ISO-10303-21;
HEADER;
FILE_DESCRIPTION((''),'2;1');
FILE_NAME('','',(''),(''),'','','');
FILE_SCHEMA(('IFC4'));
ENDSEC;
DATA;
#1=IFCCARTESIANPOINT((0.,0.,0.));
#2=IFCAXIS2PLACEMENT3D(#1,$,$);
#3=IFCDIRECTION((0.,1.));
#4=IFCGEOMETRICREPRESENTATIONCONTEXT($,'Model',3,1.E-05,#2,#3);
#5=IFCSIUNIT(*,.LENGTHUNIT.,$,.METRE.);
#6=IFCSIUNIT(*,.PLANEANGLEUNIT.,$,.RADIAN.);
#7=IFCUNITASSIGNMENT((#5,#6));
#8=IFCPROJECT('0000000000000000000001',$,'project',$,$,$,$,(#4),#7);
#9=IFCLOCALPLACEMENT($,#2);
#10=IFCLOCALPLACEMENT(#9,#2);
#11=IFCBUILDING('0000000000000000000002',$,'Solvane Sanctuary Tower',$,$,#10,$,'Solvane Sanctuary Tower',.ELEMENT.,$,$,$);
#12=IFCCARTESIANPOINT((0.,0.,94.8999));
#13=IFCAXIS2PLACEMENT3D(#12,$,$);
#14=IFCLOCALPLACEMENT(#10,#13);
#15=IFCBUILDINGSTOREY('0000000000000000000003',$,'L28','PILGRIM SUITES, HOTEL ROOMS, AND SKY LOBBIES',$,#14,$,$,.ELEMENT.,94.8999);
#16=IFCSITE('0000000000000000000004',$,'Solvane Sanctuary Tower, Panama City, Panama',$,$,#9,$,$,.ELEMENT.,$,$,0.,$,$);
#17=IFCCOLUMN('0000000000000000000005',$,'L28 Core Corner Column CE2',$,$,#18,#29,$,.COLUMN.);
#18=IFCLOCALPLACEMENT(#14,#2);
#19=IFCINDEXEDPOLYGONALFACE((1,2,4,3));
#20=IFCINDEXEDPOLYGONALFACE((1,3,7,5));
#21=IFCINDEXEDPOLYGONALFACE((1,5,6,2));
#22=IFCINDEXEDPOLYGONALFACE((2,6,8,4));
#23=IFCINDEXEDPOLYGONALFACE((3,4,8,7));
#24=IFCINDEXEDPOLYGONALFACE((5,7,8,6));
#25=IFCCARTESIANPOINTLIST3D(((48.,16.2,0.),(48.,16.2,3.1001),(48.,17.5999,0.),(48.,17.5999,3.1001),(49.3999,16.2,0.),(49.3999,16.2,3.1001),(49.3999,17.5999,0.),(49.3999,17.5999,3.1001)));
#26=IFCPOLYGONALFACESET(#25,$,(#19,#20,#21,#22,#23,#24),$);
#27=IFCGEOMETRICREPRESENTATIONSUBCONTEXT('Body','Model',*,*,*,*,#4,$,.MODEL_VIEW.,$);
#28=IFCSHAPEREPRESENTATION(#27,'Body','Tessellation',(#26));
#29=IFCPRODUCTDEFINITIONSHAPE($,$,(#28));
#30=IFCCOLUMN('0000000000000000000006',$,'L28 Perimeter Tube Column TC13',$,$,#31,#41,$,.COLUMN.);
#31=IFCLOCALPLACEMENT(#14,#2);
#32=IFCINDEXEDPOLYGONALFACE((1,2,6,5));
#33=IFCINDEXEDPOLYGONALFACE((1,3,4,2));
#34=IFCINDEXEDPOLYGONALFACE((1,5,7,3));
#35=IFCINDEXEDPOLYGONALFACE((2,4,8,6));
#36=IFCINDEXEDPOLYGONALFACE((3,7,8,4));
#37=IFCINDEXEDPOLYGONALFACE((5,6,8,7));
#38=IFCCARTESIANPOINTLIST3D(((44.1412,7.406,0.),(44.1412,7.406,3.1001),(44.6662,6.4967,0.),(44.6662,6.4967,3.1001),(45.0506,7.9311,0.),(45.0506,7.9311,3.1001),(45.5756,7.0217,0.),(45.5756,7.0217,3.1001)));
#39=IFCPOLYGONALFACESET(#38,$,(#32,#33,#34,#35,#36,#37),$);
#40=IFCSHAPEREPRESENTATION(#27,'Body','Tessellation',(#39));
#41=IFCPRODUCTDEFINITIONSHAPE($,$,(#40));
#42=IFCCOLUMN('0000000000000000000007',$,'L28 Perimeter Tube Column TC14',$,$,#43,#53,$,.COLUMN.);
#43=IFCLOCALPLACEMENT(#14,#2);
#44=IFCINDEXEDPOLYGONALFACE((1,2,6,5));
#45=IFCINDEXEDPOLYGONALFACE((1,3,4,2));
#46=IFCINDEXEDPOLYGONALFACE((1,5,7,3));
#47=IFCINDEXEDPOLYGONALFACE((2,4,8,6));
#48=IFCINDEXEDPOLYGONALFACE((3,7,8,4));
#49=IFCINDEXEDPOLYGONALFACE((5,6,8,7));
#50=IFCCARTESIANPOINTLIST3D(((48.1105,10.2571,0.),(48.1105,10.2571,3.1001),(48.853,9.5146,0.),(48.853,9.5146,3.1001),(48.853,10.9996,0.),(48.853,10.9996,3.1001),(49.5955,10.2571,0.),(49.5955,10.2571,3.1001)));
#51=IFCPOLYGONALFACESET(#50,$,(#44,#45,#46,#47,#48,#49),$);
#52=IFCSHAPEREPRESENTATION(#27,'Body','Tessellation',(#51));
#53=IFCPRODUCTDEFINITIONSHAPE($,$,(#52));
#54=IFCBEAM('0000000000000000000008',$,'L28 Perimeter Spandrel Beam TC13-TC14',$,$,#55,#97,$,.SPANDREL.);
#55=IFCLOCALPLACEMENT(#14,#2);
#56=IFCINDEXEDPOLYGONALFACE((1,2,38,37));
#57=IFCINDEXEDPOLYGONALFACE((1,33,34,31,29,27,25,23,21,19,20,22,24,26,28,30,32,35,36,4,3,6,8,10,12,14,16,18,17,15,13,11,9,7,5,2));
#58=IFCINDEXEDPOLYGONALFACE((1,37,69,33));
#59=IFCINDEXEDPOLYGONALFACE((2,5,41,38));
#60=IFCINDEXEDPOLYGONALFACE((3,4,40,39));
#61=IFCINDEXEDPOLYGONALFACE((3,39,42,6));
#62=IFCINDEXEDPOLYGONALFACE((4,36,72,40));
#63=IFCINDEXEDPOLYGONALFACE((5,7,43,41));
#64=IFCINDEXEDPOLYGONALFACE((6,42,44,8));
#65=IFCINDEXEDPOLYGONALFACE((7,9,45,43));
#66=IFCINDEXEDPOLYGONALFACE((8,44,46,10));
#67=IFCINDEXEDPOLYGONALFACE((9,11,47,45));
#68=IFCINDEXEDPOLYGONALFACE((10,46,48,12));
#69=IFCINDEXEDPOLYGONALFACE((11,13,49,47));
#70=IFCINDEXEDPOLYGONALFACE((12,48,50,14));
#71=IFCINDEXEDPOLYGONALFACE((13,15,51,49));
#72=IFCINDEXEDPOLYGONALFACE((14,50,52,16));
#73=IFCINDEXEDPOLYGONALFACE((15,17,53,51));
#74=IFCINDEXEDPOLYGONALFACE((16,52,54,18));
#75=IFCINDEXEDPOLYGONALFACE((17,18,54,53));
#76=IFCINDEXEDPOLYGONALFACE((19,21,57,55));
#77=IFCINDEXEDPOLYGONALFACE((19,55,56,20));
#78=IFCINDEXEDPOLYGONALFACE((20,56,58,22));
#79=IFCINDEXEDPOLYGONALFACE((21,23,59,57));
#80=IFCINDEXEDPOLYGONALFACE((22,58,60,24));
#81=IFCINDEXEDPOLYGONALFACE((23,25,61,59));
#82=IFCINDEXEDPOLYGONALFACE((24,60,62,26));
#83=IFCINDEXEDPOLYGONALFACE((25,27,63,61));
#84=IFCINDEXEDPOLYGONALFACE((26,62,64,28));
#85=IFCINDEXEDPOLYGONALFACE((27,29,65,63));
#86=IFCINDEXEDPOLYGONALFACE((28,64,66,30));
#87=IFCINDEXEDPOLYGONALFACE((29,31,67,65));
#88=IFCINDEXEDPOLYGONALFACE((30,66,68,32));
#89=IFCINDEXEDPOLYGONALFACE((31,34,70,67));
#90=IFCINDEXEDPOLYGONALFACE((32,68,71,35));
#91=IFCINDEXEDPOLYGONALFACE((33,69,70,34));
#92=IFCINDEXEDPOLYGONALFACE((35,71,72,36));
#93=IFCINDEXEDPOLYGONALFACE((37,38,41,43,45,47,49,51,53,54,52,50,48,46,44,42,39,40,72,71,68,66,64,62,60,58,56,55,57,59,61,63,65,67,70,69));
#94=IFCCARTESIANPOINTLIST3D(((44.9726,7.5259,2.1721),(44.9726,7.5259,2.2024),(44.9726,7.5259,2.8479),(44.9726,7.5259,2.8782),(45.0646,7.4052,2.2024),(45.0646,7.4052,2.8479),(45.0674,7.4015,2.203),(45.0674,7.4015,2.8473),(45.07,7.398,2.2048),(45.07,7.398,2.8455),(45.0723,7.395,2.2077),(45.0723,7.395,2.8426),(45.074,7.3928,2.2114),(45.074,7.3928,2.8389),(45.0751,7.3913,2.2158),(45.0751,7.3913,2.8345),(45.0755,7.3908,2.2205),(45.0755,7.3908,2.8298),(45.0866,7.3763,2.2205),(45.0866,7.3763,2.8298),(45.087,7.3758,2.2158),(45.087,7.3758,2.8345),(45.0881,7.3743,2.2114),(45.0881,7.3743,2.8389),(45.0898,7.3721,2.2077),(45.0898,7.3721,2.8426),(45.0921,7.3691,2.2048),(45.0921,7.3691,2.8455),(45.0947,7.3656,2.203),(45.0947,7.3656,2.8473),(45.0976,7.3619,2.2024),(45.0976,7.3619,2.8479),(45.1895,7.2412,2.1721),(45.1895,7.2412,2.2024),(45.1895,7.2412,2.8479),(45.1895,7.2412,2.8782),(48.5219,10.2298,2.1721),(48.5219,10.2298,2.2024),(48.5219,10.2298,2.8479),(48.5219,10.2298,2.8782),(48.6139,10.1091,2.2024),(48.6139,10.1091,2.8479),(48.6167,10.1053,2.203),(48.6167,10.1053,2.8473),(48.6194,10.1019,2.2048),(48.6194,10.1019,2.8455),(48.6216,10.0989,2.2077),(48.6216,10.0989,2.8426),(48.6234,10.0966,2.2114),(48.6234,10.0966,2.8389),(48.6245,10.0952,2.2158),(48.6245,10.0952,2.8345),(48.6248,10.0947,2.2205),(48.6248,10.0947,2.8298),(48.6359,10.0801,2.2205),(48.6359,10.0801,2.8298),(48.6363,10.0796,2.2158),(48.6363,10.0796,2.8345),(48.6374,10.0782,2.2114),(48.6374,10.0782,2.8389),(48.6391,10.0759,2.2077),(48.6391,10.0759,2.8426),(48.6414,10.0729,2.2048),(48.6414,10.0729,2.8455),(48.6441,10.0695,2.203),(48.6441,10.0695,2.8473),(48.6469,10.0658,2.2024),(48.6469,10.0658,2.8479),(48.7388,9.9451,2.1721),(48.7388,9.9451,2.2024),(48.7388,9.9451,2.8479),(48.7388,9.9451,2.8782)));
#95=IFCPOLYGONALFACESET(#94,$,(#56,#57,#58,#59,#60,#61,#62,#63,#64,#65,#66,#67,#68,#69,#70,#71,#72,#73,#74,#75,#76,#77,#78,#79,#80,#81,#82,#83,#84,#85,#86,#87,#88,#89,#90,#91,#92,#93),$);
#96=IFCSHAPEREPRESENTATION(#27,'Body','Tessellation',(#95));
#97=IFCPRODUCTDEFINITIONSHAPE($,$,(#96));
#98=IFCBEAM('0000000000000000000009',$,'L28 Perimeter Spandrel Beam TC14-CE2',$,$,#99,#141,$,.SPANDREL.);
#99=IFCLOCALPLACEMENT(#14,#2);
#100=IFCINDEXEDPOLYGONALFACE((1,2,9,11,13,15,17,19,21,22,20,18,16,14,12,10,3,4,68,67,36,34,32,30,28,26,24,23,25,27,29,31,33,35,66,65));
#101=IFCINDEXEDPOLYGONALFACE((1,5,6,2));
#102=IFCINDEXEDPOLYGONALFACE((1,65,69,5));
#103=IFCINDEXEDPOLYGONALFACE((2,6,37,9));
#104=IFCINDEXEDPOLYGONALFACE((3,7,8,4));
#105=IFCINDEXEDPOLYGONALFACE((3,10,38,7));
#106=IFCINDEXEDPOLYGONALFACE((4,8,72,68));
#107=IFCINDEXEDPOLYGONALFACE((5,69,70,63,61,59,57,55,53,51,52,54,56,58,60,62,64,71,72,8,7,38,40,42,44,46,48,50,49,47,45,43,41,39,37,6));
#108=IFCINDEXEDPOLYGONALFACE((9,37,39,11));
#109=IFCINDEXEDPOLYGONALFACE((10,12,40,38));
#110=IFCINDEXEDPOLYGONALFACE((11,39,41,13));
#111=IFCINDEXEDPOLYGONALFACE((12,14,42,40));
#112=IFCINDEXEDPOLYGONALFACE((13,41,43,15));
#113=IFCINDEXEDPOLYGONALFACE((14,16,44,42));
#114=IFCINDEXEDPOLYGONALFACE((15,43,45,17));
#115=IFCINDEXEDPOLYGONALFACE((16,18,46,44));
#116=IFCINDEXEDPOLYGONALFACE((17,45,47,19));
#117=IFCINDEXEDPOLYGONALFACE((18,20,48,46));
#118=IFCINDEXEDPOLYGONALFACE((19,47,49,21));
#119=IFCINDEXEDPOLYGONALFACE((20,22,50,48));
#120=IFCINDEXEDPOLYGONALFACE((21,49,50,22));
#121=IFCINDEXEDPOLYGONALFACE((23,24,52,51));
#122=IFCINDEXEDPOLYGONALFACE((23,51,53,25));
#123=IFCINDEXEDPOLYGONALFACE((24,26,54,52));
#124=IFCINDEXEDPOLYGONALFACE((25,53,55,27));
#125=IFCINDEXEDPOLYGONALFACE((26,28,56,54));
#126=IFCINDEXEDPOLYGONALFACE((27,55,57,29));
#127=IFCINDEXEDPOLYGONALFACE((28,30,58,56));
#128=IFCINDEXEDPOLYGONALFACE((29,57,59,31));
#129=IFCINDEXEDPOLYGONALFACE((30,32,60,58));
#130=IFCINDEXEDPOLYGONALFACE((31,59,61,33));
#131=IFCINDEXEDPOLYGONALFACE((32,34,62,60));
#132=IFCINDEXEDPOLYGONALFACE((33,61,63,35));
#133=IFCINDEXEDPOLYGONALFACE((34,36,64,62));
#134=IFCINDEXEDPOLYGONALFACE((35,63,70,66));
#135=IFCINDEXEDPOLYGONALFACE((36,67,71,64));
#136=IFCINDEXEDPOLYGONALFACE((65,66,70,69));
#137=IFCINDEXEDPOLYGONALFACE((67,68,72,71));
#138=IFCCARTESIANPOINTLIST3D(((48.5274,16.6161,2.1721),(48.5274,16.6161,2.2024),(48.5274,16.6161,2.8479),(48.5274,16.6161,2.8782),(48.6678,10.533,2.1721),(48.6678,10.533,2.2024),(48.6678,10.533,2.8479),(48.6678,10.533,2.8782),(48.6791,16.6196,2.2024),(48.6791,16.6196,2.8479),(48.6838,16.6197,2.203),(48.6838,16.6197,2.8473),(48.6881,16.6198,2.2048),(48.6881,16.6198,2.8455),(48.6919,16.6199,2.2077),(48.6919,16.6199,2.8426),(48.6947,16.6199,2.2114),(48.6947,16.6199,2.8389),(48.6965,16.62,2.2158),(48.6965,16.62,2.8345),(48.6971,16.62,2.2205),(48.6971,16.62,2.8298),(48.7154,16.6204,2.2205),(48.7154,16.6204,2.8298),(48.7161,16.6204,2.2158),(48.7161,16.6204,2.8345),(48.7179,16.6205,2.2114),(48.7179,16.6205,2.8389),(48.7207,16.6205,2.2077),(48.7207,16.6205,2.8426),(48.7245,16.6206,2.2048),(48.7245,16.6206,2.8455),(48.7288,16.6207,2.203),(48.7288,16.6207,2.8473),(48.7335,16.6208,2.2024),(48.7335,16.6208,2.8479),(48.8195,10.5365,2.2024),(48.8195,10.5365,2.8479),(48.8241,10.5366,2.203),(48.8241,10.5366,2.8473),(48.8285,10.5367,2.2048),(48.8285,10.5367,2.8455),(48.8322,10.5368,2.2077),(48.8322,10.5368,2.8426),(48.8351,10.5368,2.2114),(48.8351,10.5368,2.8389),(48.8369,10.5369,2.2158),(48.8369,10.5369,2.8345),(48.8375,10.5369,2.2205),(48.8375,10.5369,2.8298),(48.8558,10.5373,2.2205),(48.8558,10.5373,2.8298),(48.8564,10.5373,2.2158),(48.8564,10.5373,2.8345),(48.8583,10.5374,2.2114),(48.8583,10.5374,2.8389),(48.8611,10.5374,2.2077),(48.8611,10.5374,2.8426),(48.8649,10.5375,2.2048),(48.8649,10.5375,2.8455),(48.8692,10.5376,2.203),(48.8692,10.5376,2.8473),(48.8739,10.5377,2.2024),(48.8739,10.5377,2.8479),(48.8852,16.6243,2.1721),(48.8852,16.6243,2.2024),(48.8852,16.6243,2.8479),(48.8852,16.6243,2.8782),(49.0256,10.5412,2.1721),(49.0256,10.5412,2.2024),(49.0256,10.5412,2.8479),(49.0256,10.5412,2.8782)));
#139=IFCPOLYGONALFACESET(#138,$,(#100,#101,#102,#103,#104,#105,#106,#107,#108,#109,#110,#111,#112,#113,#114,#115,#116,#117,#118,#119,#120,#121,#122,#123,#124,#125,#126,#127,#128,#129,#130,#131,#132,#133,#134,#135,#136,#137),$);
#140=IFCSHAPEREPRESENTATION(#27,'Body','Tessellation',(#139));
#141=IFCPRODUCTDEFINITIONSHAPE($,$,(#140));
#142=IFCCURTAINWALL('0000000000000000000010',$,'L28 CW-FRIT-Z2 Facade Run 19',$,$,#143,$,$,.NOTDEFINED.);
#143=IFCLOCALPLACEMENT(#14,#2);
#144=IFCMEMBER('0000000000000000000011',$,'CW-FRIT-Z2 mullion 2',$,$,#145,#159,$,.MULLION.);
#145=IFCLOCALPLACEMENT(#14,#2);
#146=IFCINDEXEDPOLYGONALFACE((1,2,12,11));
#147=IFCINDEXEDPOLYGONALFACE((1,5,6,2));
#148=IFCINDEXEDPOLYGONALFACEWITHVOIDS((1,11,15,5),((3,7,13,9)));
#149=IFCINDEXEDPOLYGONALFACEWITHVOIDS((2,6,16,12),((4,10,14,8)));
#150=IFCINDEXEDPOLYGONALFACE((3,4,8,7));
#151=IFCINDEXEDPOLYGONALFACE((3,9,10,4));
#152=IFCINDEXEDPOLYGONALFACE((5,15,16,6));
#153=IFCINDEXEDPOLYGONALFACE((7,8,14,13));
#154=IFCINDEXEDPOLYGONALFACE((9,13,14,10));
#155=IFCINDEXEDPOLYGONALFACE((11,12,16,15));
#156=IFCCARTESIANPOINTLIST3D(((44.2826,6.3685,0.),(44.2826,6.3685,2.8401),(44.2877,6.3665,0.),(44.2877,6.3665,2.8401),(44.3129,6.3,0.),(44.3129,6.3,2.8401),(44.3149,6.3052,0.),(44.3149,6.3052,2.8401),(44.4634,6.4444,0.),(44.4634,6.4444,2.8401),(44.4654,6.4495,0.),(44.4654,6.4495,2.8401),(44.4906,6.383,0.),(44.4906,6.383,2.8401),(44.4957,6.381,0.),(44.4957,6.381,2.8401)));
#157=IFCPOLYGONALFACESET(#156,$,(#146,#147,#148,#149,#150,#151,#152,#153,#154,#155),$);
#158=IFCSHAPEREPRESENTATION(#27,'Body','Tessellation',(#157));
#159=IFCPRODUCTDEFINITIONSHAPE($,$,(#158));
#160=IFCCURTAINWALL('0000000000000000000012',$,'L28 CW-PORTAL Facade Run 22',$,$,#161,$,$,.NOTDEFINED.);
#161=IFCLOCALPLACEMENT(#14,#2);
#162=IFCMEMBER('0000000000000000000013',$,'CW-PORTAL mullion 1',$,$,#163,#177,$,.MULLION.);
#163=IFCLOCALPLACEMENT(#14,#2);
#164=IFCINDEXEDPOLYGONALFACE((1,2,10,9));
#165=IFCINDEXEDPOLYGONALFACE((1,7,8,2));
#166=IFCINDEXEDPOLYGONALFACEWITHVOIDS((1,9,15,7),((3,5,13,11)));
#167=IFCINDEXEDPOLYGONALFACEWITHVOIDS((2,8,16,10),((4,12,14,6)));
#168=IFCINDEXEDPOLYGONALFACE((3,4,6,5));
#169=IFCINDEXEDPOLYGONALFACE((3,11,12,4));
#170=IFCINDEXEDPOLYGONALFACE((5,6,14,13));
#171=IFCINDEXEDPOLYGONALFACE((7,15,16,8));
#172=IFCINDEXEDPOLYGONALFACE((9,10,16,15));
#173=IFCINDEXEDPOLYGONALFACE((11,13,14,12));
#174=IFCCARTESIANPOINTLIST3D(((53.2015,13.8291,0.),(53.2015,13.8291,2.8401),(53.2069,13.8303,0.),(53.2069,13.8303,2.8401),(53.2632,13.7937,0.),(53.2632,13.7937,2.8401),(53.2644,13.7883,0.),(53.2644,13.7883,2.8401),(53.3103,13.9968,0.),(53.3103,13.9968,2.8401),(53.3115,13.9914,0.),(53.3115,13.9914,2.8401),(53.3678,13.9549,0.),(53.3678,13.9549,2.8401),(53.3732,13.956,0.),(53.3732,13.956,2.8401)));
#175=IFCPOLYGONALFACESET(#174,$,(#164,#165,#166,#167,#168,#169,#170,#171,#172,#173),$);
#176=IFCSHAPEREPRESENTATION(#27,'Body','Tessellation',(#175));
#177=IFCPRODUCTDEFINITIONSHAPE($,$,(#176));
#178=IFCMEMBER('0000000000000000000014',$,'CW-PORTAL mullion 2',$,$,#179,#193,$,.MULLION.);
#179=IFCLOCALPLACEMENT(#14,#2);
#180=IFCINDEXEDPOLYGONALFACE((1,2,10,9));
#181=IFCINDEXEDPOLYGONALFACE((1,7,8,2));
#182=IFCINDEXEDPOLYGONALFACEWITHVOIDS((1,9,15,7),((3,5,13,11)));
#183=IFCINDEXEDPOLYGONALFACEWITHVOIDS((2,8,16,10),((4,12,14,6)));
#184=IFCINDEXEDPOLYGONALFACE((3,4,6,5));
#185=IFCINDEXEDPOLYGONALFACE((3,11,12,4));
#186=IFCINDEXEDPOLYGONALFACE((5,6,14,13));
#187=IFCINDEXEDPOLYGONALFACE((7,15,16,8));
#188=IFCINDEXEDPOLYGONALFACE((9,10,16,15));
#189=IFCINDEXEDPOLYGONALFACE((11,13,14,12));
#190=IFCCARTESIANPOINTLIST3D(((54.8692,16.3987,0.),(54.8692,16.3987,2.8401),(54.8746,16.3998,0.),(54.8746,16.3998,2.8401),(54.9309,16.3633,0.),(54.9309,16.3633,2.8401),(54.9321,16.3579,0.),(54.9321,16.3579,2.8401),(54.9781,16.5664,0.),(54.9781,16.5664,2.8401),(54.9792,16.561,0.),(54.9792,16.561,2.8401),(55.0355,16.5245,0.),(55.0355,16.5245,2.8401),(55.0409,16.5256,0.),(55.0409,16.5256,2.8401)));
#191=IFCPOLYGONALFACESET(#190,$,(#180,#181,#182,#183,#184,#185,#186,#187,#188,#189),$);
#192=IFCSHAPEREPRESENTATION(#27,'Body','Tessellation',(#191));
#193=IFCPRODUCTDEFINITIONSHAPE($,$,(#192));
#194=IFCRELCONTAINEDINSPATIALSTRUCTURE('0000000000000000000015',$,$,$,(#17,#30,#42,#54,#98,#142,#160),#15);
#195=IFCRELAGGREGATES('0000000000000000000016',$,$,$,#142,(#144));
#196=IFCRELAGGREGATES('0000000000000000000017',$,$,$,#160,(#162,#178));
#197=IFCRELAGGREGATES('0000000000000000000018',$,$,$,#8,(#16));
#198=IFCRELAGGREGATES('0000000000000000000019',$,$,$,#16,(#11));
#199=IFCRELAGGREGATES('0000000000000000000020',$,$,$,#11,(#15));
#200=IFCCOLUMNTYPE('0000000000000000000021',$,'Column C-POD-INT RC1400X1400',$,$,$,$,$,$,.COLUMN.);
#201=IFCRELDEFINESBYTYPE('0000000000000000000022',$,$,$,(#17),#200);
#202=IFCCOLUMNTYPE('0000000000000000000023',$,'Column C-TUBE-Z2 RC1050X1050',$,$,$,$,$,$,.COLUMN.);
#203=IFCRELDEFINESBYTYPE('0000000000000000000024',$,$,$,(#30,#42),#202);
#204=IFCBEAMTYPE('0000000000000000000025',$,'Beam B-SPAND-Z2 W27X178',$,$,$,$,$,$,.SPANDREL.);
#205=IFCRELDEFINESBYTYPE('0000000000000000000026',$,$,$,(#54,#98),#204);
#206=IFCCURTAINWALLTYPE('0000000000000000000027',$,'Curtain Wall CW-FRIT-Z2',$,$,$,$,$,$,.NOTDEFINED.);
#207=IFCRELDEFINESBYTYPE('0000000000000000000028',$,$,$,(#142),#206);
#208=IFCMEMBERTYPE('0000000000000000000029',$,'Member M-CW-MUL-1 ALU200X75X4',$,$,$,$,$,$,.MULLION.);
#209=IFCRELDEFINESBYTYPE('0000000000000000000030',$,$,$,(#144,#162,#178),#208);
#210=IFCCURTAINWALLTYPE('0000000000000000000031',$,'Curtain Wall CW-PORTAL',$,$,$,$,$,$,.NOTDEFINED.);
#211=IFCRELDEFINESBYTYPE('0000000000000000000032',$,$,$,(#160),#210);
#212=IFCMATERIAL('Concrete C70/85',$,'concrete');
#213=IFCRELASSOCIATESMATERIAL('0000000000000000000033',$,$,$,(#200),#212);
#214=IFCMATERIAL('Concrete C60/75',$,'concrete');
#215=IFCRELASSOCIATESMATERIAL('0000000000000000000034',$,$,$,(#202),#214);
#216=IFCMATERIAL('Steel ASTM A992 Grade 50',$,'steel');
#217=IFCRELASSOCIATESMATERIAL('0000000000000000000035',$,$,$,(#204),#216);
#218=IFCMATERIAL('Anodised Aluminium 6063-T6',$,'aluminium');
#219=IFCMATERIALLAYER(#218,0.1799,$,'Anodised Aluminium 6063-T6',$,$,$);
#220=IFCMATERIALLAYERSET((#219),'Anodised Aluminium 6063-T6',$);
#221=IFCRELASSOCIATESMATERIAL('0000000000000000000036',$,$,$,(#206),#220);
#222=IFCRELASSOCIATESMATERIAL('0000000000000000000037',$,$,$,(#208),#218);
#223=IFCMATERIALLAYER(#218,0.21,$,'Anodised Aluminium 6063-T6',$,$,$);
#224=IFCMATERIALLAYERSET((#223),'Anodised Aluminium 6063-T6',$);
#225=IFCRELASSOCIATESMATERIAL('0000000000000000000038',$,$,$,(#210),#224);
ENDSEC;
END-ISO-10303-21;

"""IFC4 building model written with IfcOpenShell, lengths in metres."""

from ifc_helpers import new_model, si_unit, direction, frame, origin, origin_2d, place, context, subcontext, project, spatial, rectangle, hollow_rectangle, i_section, extrude, material, layer, layer_set, material_profile, profile_set, type_object, element, aggregate, save


model = new_model("IFC4")

# Units and contexts
model_context = context("Model", 3, precision=1e-05, world=origin(), true_north=direction((0.0, 1.0)))
body_context = subcontext(model_context, "Body", "Model", "MODEL_VIEW")
ifc_project = project(units=[si_unit("LENGTHUNIT", "METRE"), si_unit("PLANEANGLEUNIT", "RADIAN")], contexts=[model_context])

# Site, building, storey
site_placement = place(None, origin())
site = spatial("IfcSite", under=ifc_project, at=site_placement, Name="Solvane Sanctuary Tower, Panama City, Panama", CompositionType="ELEMENT", RefElevation=0.0)
building_placement = place(site_placement, origin())
building = spatial("IfcBuilding", under=site, at=building_placement, Name="Solvane Sanctuary Tower", LongName="Solvane Sanctuary Tower", CompositionType="ELEMENT")
storey_placement = place(building_placement, frame((0.0, 0.0, 94.8999)))
storey = spatial("IfcBuildingStorey", under=building, at=storey_placement, Name="L28", Description="PILGRIM SUITES, HOTEL ROOMS, AND SKY LOBBIES", CompositionType="ELEMENT", Elevation=94.8999)

# Columns
ifc_material_1 = material(Name="Concrete C70/85", Category="concrete")
ifc_material_profile_1 = material_profile(ifc_material_1, rectangle(XDim=1.3999, YDim=1.3999, at=origin_2d()), Name="RC1400X1400")
ifc_profile_set_1 = profile_set([ifc_material_profile_1], Name="Concrete C70/85")
column_type_1 = type_object("IfcColumnType", Name="Column C-POD-INT RC1400X1400", PredefinedType="COLUMN", material=ifc_profile_set_1)
column_placement = place(storey_placement, frame((48.7, 16.8999, 0.0), z_axis=(0.0, 0.0, 1.0), x_axis=(1.0, 0.0, 0.0)))
element("IfcColumn", 1, at=column_placement, inside=storey, type_object=column_type_1, Name="L28 Core Corner Column CE2", PredefinedType="COLUMN", context=body_context, shape_type="SweptSolid", body=[
    extrude(rectangle(XDim=1.3999, YDim=1.3999, at=origin_2d()), origin(), (0.0, 0.0, 1.0), 3.1001),
])
ifc_material_2 = material(Name="Concrete C60/75", Category="concrete")
ifc_material_profile_2 = material_profile(ifc_material_2, rectangle(XDim=1.05, YDim=1.05, at=origin_2d()), Name="RC1050X1050")
ifc_profile_set_2 = profile_set([ifc_material_profile_2], Name="Concrete C60/75")
column_type_2 = type_object("IfcColumnType", Name="Column C-TUBE-Z2 RC1050X1050", PredefinedType="COLUMN", material=ifc_profile_set_2)
for number, where, z_axis, x_axis, name in (
    (2, (44.8584, 7.2139, 0.0), (0.0, 0.0, 1.0), (0.5, -0.866025, 0.0), "L28 Perimeter Tube Column TC13"),
    (3, (48.853, 10.2571, 0.0), (0.0, 0.0, 1.0), (0.707107, -0.707107, 0.0), "L28 Perimeter Tube Column TC14"),
):
    element("IfcColumn", number, at=place(storey_placement, frame(where, z_axis=z_axis, x_axis=x_axis)), inside=storey, type_object=column_type_2, Name=name, PredefinedType="COLUMN", context=body_context, shape_type="SweptSolid", body=[
        extrude(rectangle(XDim=1.05, YDim=1.05, at=origin_2d()), origin(), (0.0, 0.0, 1.0), 3.1001),
    ])

# Beams
ifc_material_3 = material(Name="Steel ASTM A992 Grade 50", Category="steel")
ifc_material_profile_3 = material_profile(ifc_material_3, i_section(OverallWidth=0.3579, OverallDepth=0.7061, WebThickness=0.0183, FlangeThickness=0.0303, FilletRadius=0.0181, at=origin_2d()), Name="W27X178")
ifc_profile_set_3 = profile_set([ifc_material_profile_3], Name="Steel ASTM A992 Grade 50")
beam_type = type_object("IfcBeamType", Name="Beam B-SPAND-Z2 W27X178", PredefinedType="SPANDREL", material=ifc_profile_set_3)
beam_1_placement = place(storey_placement, frame((45.0811, 7.3835, 2.5251), z_axis=(0.795473, 0.605989, 0.0), x_axis=(-0.605989, 0.795473, 0.0)))
element("IfcBeam", 4, at=beam_1_placement, inside=storey, type_object=beam_type, Name="L28 Perimeter Spandrel Beam TC13-TC14", PredefinedType="SPANDREL", context=body_context, shape_type="SweptSolid", body=[
    extrude(i_section(OverallWidth=0.3579, OverallDepth=0.7061, WebThickness=0.0183, FlangeThickness=0.0303, FilletRadius=0.0181, at=origin_2d()), origin(), (0.0, 0.0, 1.0), 4.4619),
])
beam_2_placement = place(storey_placement, frame((48.8467, 10.5371, 2.5251), z_axis=(-0.023071, 0.999734, 0.0), x_axis=(-0.999734, -0.023071, 0.0)))
element("IfcBeam", 5, at=beam_2_placement, inside=storey, type_object=beam_type, Name="L28 Perimeter Spandrel Beam TC14-CE2", PredefinedType="SPANDREL", context=body_context, shape_type="SweptSolid", body=[
    extrude(i_section(OverallWidth=0.3579, OverallDepth=0.7061, WebThickness=0.0183, FlangeThickness=0.0303, FilletRadius=0.0181, at=origin_2d()), origin(), (0.0, 0.0, 1.0), 6.0847),
])

# Curtain wall, member
ifc_material_4 = material(Name="Anodised Aluminium 6063-T6", Category="aluminium")
ifc_layer_1 = layer(ifc_material_4, 0.1799, Name="Anodised Aluminium 6063-T6")
ifc_layer_set_1 = layer_set([ifc_layer_1], Name="Anodised Aluminium 6063-T6")
curtain_wall_type_1 = type_object("IfcCurtainWallType", Name="Curtain Wall CW-FRIT-Z2", PredefinedType="NOTDEFINED", material=ifc_layer_set_1)
curtain_wall_1_placement = place(storey_placement, origin())
curtain_wall_1 = element("IfcCurtainWall", 6, at=curtain_wall_1_placement, inside=storey, type_object=curtain_wall_type_1, Name="L28 CW-FRIT-Z2 Facade Run 19", PredefinedType="NOTDEFINED")
ifc_material_profile_4 = material_profile(ifc_material_4, hollow_rectangle(XDim=0.075, YDim=0.2, WallThickness=0.0039, at=origin_2d()), Name="ALU200X75X4")
ifc_profile_set_4 = profile_set([ifc_material_profile_4], Name="Anodised Aluminium 6063-T6")
member_type_1 = type_object("IfcMemberType", Name="Member M-CW-MUL-1 ALU200X75X4", PredefinedType="MULLION", material=ifc_profile_set_4)
member_1_placement = place(storey_placement, frame((44.3892, 6.3748, 0.0), z_axis=(0.0, 0.0, 1.0), x_axis=(-0.404951, 0.914339, 0.0)))
member_1 = element("IfcMember", 7, at=member_1_placement, type_object=member_type_1, Name="CW-FRIT-Z2 mullion 2", PredefinedType="MULLION", context=body_context, shape_type="SweptSolid", body=[
    extrude(hollow_rectangle(XDim=0.075, YDim=0.2, WallThickness=0.0039, at=origin_2d()), origin(), (0.0, 0.0, 1.0), 2.8401),
])

# Curtain wall, members
ifc_layer_2 = layer(ifc_material_4, 0.21, Name="Anodised Aluminium 6063-T6")
ifc_layer_set_2 = layer_set([ifc_layer_2], Name="Anodised Aluminium 6063-T6")
curtain_wall_type_2 = type_object("IfcCurtainWallType", Name="Curtain Wall CW-PORTAL", PredefinedType="NOTDEFINED", material=ifc_layer_set_2)
curtain_wall_2_placement = place(storey_placement, origin())
curtain_wall_2 = element("IfcCurtainWall", 8, at=curtain_wall_2_placement, inside=storey, type_object=curtain_wall_type_2, Name="L28 CW-PORTAL Facade Run 22", PredefinedType="NOTDEFINED")
member_2_placement = place(storey_placement, frame((53.2874, 13.8926, 0.0), z_axis=(0.0, 0.0, 1.0), x_axis=(-0.83884, 0.544378, 0.0)))
member_2 = element("IfcMember", 9, at=member_2_placement, type_object=member_type_1, Name="CW-PORTAL mullion 1", PredefinedType="MULLION", context=body_context, shape_type="SweptSolid", body=[
    extrude(hollow_rectangle(XDim=0.075, YDim=0.2, WallThickness=0.0039, at=origin_2d()), origin(), (0.0, 0.0, 1.0), 2.8401),
])
member_3_placement = place(storey_placement, frame((54.9551, 16.4622, 0.0), z_axis=(0.0, 0.0, 1.0), x_axis=(-0.83884, 0.544378, 0.0)))
member_3 = element("IfcMember", 10, at=member_3_placement, type_object=member_type_1, Name="CW-PORTAL mullion 2", PredefinedType="MULLION", context=body_context, shape_type="SweptSolid", body=[
    extrude(hollow_rectangle(XDim=0.075, YDim=0.2, WallThickness=0.0039, at=origin_2d()), origin(), (0.0, 0.0, 1.0), 2.8401),
])

aggregate(curtain_wall_1, [member_1])
aggregate(curtain_wall_2, [member_2, member_3])

save(model, "model.ifc")
